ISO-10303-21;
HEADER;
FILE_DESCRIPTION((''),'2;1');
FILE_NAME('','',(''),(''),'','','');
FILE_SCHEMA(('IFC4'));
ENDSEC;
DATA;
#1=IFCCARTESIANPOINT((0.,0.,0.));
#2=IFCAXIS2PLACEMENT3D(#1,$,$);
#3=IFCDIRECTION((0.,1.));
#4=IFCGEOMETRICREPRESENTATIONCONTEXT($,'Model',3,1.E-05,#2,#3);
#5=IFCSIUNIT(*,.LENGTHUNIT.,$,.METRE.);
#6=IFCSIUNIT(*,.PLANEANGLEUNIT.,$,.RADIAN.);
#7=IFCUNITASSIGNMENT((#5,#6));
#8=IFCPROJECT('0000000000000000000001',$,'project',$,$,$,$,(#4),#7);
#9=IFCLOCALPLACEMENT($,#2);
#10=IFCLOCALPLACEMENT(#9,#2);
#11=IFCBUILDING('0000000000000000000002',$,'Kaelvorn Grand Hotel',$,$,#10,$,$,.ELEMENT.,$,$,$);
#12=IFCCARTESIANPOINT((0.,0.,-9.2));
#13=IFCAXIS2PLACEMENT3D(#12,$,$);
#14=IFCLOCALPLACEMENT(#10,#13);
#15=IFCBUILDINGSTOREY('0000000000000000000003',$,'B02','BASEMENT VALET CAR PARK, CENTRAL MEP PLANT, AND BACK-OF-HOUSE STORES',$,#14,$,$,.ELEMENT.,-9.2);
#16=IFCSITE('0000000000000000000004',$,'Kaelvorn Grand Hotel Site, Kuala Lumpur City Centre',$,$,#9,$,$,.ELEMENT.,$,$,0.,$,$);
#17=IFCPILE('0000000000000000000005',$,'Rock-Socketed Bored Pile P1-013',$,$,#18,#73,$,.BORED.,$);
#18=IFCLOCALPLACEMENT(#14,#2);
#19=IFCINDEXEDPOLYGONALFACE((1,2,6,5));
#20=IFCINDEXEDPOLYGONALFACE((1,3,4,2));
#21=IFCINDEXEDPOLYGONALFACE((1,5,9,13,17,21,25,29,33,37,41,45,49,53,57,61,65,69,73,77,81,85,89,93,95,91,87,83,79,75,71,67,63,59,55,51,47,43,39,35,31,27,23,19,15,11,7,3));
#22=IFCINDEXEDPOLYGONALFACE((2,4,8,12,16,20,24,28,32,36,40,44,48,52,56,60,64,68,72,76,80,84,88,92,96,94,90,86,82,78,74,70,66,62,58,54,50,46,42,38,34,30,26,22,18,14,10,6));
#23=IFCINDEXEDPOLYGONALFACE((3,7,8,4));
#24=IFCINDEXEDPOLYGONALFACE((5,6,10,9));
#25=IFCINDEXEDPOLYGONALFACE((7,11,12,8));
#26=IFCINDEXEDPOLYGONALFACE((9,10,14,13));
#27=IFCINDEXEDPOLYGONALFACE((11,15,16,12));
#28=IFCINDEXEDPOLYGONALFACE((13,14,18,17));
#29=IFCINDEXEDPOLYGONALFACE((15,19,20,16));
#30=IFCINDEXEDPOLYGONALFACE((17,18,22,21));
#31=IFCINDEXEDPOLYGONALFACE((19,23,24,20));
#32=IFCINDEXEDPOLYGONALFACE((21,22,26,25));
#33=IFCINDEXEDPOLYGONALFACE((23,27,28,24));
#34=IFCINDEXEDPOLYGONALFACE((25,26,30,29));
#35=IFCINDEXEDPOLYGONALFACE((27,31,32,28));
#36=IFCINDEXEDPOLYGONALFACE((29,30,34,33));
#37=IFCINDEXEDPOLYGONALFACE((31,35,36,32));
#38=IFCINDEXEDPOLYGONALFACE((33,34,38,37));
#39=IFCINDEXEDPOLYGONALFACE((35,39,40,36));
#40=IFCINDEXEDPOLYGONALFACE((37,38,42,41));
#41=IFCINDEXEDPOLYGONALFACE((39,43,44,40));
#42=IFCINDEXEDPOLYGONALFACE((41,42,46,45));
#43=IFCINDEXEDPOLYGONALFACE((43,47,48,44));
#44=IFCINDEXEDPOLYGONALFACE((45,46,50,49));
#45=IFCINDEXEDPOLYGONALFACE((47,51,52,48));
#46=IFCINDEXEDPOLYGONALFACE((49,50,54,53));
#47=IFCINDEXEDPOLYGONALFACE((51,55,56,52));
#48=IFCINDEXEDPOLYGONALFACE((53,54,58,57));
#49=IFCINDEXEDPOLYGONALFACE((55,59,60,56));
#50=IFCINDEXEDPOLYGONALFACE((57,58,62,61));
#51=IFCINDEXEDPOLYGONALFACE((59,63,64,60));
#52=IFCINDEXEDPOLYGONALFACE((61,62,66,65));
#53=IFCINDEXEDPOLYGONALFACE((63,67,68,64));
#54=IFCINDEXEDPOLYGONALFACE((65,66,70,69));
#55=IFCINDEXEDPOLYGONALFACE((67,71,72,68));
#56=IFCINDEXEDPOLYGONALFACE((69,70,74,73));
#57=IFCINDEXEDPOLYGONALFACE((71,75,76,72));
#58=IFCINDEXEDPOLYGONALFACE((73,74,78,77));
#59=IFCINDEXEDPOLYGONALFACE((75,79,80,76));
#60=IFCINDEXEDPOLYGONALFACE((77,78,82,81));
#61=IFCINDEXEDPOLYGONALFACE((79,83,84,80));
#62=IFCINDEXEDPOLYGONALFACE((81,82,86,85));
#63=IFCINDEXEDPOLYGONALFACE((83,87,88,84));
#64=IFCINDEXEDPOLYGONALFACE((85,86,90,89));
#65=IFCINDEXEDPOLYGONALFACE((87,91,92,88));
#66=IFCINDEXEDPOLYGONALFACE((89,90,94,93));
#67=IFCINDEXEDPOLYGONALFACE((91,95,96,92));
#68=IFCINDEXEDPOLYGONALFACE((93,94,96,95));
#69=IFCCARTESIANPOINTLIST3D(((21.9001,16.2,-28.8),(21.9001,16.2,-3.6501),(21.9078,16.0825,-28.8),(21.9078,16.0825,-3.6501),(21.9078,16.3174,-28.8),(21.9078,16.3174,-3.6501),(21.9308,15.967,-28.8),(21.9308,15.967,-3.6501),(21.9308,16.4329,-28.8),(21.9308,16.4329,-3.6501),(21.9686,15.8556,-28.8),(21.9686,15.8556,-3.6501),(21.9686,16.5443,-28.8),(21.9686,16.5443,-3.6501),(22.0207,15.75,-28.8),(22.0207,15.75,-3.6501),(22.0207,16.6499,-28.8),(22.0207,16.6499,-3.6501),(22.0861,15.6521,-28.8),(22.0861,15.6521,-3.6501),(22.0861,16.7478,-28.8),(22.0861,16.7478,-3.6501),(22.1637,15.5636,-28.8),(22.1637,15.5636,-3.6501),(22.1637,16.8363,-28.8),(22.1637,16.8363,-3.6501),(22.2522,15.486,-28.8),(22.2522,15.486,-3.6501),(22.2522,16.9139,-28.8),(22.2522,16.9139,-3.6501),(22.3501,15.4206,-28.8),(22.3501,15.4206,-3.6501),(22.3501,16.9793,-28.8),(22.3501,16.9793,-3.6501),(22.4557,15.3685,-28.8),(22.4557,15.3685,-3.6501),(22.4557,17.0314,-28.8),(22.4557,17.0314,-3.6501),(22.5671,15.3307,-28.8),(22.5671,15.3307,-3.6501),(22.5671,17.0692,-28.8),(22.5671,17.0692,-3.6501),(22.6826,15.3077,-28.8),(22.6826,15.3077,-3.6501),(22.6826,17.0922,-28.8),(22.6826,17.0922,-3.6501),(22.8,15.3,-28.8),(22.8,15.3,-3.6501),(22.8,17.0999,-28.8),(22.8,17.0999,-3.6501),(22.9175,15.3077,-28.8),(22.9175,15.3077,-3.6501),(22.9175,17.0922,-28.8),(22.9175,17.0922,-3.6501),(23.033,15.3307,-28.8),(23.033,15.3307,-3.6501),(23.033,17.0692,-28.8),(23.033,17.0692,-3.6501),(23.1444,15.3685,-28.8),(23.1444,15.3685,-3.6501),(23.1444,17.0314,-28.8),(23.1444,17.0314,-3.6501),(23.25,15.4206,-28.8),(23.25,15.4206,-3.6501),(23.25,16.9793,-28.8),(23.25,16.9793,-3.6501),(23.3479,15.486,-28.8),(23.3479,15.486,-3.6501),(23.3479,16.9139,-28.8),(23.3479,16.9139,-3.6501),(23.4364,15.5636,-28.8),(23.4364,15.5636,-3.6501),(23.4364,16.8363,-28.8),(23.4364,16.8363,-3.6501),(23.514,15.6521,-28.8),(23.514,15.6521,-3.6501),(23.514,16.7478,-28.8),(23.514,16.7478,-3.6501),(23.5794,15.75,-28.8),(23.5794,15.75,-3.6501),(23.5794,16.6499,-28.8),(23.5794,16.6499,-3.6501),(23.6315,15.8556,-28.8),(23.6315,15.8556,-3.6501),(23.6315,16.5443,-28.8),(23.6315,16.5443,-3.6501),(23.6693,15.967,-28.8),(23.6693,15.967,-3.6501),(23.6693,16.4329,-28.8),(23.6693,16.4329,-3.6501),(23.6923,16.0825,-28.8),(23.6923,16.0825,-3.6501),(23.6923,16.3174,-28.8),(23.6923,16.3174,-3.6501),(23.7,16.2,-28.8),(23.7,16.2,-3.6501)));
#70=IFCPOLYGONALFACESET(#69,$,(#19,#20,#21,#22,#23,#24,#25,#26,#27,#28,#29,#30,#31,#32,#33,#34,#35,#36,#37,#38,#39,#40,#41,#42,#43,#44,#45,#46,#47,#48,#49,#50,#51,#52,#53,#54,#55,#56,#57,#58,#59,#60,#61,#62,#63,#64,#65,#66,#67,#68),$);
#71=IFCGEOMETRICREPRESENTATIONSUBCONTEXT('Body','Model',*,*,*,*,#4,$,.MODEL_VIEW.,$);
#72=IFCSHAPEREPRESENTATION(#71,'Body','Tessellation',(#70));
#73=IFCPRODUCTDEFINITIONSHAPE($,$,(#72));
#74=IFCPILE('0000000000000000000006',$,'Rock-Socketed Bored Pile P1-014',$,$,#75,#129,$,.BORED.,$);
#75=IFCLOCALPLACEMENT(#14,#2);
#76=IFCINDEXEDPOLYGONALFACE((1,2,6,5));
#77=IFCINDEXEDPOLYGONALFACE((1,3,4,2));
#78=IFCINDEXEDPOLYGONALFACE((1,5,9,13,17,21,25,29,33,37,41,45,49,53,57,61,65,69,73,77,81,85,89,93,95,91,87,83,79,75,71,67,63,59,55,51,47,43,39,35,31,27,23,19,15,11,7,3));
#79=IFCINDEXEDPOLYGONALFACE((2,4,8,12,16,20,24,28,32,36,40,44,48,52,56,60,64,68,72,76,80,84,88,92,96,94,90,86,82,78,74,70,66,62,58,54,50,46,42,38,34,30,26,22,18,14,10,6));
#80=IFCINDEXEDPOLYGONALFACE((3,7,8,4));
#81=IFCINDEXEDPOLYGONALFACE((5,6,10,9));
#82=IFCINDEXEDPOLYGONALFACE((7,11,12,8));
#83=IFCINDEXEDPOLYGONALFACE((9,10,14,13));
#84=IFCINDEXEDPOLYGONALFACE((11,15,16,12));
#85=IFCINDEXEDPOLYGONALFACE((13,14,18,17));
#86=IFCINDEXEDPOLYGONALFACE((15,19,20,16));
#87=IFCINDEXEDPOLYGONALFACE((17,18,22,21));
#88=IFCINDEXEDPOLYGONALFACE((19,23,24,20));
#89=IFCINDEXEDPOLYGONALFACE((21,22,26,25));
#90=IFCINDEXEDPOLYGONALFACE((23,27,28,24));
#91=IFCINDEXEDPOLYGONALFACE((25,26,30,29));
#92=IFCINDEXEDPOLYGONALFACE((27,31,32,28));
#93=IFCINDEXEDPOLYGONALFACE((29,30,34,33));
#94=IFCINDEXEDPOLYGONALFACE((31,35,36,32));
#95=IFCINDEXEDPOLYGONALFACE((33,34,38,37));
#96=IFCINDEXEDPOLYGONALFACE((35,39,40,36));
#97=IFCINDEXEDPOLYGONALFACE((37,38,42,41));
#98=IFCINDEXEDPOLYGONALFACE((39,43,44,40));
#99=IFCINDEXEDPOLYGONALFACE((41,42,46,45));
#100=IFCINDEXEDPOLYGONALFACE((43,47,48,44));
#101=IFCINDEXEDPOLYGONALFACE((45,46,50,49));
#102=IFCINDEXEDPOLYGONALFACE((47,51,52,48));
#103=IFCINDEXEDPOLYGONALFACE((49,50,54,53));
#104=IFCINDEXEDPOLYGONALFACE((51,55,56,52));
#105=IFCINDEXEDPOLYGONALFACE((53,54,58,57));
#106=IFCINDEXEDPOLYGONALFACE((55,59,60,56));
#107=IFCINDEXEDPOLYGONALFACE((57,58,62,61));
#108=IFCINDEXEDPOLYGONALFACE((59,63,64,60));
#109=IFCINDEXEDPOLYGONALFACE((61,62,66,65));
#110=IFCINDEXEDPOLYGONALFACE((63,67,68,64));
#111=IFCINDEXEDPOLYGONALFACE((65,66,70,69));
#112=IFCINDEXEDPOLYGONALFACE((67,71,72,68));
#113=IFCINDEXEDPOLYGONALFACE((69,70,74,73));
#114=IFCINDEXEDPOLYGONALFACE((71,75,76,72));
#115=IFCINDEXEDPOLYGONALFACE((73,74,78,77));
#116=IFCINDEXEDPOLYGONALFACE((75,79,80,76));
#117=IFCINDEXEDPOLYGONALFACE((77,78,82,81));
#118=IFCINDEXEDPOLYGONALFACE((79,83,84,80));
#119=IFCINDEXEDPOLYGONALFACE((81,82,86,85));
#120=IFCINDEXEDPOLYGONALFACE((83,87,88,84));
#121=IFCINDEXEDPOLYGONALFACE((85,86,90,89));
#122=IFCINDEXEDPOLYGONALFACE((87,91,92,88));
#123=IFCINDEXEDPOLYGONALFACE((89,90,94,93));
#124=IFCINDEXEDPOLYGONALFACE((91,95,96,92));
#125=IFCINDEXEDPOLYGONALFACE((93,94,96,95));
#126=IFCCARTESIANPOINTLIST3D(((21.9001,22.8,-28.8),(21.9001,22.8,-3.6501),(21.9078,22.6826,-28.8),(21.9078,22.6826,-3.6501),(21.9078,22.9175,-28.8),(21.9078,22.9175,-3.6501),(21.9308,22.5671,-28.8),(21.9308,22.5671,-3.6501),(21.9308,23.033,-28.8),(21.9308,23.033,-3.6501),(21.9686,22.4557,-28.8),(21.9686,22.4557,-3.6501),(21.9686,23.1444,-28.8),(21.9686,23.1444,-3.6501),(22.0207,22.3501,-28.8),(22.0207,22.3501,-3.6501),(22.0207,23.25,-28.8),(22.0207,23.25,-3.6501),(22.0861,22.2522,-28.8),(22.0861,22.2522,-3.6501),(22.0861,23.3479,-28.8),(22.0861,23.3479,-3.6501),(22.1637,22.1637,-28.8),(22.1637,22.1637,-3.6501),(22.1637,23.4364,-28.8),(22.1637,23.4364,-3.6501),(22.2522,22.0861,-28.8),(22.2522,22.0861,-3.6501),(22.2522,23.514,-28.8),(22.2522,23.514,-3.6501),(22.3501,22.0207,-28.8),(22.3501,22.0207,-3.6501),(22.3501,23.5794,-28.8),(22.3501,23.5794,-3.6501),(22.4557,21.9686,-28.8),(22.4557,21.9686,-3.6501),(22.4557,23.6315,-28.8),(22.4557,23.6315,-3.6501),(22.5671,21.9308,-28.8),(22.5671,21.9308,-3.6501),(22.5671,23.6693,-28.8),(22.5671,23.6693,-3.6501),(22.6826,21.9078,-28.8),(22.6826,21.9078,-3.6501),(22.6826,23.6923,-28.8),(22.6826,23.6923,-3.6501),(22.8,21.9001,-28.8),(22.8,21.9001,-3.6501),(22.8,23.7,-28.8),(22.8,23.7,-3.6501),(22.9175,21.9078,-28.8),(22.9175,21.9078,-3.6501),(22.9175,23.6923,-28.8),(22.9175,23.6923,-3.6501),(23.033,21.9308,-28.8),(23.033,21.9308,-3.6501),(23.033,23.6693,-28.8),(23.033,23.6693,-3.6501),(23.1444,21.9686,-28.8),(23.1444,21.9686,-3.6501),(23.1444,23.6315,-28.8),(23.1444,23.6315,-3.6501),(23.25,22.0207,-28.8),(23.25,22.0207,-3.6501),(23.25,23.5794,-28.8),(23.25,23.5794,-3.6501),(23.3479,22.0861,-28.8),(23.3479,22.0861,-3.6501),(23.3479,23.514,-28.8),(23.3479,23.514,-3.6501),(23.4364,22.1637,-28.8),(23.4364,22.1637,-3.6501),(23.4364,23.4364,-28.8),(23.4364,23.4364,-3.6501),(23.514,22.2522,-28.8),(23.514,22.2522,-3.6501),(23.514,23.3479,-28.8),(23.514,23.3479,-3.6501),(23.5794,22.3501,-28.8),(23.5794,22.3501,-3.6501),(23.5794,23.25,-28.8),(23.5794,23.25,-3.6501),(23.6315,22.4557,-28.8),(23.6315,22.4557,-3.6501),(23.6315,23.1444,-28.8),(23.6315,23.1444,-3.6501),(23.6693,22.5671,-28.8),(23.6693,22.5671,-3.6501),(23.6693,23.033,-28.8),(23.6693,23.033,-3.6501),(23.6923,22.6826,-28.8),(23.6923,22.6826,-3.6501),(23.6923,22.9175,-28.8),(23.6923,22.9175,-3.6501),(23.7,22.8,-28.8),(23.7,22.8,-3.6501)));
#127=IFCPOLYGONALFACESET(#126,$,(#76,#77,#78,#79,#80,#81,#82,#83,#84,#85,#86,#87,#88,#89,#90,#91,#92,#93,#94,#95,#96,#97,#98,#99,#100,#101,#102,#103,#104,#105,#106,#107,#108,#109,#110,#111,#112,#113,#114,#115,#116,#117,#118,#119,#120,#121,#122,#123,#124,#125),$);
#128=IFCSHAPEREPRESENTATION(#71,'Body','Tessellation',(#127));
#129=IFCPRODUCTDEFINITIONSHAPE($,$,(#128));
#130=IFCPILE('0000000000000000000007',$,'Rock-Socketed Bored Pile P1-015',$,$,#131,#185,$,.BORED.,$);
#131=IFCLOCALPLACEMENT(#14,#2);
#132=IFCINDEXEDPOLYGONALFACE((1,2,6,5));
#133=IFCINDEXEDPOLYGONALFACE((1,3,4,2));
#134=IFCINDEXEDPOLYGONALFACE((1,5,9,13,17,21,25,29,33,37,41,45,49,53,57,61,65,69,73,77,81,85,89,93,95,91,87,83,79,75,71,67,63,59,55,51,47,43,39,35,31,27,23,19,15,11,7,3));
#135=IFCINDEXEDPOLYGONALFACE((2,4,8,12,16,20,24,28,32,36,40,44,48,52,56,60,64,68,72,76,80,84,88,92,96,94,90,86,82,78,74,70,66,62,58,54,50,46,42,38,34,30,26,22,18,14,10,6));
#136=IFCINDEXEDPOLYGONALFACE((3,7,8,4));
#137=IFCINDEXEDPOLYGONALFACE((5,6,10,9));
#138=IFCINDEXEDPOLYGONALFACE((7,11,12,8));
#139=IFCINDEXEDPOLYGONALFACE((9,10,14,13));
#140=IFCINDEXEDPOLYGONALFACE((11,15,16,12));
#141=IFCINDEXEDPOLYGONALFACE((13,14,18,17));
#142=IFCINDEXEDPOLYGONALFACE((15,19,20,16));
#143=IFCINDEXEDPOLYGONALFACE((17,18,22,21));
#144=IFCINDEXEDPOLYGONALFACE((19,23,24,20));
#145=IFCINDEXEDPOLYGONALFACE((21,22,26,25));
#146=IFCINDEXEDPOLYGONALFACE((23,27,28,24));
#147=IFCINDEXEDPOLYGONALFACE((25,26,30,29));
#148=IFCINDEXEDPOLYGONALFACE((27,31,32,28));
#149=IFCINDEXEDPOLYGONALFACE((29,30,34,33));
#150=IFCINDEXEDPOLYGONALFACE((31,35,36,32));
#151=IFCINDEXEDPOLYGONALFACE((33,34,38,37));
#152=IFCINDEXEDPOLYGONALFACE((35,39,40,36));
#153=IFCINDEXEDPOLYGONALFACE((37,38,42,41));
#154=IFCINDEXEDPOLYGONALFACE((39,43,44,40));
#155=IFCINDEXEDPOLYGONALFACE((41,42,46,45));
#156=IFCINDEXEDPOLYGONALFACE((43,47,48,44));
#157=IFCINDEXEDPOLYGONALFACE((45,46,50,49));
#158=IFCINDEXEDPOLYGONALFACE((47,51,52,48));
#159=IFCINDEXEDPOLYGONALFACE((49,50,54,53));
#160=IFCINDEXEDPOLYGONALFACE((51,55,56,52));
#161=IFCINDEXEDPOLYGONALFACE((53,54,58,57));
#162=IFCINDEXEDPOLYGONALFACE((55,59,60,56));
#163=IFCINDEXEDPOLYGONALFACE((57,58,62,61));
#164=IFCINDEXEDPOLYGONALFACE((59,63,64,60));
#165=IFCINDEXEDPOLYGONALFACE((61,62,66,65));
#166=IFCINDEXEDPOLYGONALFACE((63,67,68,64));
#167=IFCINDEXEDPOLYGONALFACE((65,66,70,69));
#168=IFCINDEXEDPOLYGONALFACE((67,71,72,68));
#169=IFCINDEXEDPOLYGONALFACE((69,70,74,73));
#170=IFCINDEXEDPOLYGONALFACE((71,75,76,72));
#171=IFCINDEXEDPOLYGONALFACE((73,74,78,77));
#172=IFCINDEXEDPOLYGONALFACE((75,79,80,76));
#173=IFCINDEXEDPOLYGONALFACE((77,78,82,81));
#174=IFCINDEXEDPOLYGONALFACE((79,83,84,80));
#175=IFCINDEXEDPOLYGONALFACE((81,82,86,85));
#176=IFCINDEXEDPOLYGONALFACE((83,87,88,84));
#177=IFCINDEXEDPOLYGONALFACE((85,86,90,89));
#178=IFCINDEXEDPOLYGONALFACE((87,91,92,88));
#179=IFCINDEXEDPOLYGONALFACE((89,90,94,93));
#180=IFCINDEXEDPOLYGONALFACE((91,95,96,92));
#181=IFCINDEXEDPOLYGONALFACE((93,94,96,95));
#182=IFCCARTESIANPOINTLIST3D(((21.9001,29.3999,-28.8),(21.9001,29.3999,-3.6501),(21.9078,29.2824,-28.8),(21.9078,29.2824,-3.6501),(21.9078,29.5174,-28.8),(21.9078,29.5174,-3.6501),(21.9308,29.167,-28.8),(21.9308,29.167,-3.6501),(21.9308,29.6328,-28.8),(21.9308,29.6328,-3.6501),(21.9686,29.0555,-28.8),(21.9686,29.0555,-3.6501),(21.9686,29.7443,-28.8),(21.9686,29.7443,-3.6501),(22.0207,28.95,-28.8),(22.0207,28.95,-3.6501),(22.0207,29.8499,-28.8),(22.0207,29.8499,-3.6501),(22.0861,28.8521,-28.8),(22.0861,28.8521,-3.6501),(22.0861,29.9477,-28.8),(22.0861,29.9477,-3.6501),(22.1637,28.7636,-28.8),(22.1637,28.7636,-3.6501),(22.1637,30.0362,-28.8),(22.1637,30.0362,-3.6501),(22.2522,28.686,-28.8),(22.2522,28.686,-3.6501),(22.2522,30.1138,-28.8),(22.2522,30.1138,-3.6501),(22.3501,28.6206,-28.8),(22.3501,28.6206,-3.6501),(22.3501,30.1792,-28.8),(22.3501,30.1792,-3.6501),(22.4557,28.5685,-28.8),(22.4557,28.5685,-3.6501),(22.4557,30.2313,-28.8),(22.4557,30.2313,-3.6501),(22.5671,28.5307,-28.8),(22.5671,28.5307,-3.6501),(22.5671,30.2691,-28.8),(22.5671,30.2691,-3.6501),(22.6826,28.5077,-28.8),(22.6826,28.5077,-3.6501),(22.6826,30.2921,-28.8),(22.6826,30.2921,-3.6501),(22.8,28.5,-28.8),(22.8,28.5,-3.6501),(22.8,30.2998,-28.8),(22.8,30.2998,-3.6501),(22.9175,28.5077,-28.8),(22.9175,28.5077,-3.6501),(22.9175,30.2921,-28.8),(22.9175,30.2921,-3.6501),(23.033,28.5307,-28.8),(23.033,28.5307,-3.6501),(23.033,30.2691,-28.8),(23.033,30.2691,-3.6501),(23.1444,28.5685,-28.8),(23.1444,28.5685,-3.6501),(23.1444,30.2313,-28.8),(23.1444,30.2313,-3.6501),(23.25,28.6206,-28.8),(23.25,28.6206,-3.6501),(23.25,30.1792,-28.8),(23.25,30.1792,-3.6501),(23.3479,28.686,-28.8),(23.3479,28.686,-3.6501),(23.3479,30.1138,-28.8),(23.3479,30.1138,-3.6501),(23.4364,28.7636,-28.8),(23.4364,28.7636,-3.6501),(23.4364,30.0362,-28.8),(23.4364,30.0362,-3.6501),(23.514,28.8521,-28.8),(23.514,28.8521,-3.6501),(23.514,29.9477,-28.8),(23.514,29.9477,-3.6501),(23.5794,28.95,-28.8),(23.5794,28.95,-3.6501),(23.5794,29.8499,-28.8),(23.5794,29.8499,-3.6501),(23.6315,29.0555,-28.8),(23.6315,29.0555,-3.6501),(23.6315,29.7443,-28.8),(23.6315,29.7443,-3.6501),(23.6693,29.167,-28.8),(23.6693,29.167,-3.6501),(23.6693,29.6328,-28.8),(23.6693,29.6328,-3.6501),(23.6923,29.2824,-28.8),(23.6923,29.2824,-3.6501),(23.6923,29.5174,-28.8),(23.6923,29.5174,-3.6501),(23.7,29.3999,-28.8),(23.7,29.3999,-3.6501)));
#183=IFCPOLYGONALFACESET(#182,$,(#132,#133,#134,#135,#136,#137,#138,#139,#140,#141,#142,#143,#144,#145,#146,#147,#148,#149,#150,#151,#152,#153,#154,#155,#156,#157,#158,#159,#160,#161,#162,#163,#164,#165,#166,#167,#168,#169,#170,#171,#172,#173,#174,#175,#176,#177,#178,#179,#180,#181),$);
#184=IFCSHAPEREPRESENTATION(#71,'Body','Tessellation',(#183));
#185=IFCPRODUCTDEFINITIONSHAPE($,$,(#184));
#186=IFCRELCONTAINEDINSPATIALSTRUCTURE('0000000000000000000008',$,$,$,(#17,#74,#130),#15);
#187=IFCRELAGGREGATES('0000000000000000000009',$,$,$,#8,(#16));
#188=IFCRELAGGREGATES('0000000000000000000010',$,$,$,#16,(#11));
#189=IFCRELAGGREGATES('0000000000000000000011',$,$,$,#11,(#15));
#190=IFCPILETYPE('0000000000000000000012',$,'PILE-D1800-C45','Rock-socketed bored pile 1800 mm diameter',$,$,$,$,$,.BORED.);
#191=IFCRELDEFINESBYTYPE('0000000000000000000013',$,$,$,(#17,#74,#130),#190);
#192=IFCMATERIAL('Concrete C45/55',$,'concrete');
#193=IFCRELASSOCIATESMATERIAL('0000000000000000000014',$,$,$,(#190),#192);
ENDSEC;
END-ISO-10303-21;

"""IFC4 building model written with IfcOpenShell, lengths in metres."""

from ifc_helpers import new_model, si_unit, direction, frame, origin, origin_2d, place, context, subcontext, project, spatial, circle, extrude, material, material_profile, profile_set, type_object, element, save


model = new_model("IFC4")

# Units and contexts
model_context = context("Model", 3, precision=1e-05, world=origin(), true_north=direction((0.0, 1.0)))
body_context = subcontext(model_context, "Body", "Model", "MODEL_VIEW")
ifc_project = project(units=[si_unit("LENGTHUNIT", "METRE"), si_unit("PLANEANGLEUNIT", "RADIAN")], contexts=[model_context])

# Site, building, storey
site_placement = place(None, origin())
site = spatial("IfcSite", under=ifc_project, at=site_placement, Name="Kaelvorn Grand Hotel Site, Kuala Lumpur City Centre", CompositionType="ELEMENT", RefElevation=0.0)
building_placement = place(site_placement, origin())
building = spatial("IfcBuilding", under=site, at=building_placement, Name="Kaelvorn Grand Hotel", CompositionType="ELEMENT")
storey_placement = place(building_placement, frame((0.0, 0.0, -9.2)))
storey = spatial("IfcBuildingStorey", under=building, at=storey_placement, Name="B02", Description="BASEMENT VALET CAR PARK, CENTRAL MEP PLANT, AND BACK-OF-HOUSE STORES", CompositionType="ELEMENT", Elevation=-9.2)

# Piles
ifc_material_1 = material(Name="Concrete C45/55", Category="concrete")
ifc_material_profile_1 = material_profile(ifc_material_1, circle(Radius=0.8999, at=origin_2d()), Name="BORED PILE D1800")
ifc_profile_set_1 = profile_set([ifc_material_profile_1], Name="Concrete C45/55")
pile_type = type_object("IfcPileType", Name="PILE-D1800-C45", Description="Rock-socketed bored pile 1800 mm diameter", PredefinedType="BORED", material=ifc_profile_set_1)
for number, where, z_axis, x_axis, name in (
    (1, (22.8, 16.2, -3.6501), (0.0, 0.0, -1.0), (1.0, 0.0, 0.0), "Rock-Socketed Bored Pile P1-013"),
    (2, (22.8, 22.8, -3.6501), (0.0, 0.0, -1.0), (1.0, 0.0, 0.0), "Rock-Socketed Bored Pile P1-014"),
    (3, (22.8, 29.3999, -3.6501), (0.0, 0.0, -1.0), (1.0, 0.0, 0.0), "Rock-Socketed Bored Pile P1-015"),
):
    element("IfcPile", number, at=place(storey_placement, frame(where, z_axis=z_axis, x_axis=x_axis)), inside=storey, type_object=pile_type, Name=name, PredefinedType="BORED", context=body_context, shape_type="SweptSolid", body=[
        extrude(circle(Radius=0.8999, at=origin_2d()), origin(), (0.0, 0.0, 1.0), 25.1499),
    ])

save(model, "model.ifc")
